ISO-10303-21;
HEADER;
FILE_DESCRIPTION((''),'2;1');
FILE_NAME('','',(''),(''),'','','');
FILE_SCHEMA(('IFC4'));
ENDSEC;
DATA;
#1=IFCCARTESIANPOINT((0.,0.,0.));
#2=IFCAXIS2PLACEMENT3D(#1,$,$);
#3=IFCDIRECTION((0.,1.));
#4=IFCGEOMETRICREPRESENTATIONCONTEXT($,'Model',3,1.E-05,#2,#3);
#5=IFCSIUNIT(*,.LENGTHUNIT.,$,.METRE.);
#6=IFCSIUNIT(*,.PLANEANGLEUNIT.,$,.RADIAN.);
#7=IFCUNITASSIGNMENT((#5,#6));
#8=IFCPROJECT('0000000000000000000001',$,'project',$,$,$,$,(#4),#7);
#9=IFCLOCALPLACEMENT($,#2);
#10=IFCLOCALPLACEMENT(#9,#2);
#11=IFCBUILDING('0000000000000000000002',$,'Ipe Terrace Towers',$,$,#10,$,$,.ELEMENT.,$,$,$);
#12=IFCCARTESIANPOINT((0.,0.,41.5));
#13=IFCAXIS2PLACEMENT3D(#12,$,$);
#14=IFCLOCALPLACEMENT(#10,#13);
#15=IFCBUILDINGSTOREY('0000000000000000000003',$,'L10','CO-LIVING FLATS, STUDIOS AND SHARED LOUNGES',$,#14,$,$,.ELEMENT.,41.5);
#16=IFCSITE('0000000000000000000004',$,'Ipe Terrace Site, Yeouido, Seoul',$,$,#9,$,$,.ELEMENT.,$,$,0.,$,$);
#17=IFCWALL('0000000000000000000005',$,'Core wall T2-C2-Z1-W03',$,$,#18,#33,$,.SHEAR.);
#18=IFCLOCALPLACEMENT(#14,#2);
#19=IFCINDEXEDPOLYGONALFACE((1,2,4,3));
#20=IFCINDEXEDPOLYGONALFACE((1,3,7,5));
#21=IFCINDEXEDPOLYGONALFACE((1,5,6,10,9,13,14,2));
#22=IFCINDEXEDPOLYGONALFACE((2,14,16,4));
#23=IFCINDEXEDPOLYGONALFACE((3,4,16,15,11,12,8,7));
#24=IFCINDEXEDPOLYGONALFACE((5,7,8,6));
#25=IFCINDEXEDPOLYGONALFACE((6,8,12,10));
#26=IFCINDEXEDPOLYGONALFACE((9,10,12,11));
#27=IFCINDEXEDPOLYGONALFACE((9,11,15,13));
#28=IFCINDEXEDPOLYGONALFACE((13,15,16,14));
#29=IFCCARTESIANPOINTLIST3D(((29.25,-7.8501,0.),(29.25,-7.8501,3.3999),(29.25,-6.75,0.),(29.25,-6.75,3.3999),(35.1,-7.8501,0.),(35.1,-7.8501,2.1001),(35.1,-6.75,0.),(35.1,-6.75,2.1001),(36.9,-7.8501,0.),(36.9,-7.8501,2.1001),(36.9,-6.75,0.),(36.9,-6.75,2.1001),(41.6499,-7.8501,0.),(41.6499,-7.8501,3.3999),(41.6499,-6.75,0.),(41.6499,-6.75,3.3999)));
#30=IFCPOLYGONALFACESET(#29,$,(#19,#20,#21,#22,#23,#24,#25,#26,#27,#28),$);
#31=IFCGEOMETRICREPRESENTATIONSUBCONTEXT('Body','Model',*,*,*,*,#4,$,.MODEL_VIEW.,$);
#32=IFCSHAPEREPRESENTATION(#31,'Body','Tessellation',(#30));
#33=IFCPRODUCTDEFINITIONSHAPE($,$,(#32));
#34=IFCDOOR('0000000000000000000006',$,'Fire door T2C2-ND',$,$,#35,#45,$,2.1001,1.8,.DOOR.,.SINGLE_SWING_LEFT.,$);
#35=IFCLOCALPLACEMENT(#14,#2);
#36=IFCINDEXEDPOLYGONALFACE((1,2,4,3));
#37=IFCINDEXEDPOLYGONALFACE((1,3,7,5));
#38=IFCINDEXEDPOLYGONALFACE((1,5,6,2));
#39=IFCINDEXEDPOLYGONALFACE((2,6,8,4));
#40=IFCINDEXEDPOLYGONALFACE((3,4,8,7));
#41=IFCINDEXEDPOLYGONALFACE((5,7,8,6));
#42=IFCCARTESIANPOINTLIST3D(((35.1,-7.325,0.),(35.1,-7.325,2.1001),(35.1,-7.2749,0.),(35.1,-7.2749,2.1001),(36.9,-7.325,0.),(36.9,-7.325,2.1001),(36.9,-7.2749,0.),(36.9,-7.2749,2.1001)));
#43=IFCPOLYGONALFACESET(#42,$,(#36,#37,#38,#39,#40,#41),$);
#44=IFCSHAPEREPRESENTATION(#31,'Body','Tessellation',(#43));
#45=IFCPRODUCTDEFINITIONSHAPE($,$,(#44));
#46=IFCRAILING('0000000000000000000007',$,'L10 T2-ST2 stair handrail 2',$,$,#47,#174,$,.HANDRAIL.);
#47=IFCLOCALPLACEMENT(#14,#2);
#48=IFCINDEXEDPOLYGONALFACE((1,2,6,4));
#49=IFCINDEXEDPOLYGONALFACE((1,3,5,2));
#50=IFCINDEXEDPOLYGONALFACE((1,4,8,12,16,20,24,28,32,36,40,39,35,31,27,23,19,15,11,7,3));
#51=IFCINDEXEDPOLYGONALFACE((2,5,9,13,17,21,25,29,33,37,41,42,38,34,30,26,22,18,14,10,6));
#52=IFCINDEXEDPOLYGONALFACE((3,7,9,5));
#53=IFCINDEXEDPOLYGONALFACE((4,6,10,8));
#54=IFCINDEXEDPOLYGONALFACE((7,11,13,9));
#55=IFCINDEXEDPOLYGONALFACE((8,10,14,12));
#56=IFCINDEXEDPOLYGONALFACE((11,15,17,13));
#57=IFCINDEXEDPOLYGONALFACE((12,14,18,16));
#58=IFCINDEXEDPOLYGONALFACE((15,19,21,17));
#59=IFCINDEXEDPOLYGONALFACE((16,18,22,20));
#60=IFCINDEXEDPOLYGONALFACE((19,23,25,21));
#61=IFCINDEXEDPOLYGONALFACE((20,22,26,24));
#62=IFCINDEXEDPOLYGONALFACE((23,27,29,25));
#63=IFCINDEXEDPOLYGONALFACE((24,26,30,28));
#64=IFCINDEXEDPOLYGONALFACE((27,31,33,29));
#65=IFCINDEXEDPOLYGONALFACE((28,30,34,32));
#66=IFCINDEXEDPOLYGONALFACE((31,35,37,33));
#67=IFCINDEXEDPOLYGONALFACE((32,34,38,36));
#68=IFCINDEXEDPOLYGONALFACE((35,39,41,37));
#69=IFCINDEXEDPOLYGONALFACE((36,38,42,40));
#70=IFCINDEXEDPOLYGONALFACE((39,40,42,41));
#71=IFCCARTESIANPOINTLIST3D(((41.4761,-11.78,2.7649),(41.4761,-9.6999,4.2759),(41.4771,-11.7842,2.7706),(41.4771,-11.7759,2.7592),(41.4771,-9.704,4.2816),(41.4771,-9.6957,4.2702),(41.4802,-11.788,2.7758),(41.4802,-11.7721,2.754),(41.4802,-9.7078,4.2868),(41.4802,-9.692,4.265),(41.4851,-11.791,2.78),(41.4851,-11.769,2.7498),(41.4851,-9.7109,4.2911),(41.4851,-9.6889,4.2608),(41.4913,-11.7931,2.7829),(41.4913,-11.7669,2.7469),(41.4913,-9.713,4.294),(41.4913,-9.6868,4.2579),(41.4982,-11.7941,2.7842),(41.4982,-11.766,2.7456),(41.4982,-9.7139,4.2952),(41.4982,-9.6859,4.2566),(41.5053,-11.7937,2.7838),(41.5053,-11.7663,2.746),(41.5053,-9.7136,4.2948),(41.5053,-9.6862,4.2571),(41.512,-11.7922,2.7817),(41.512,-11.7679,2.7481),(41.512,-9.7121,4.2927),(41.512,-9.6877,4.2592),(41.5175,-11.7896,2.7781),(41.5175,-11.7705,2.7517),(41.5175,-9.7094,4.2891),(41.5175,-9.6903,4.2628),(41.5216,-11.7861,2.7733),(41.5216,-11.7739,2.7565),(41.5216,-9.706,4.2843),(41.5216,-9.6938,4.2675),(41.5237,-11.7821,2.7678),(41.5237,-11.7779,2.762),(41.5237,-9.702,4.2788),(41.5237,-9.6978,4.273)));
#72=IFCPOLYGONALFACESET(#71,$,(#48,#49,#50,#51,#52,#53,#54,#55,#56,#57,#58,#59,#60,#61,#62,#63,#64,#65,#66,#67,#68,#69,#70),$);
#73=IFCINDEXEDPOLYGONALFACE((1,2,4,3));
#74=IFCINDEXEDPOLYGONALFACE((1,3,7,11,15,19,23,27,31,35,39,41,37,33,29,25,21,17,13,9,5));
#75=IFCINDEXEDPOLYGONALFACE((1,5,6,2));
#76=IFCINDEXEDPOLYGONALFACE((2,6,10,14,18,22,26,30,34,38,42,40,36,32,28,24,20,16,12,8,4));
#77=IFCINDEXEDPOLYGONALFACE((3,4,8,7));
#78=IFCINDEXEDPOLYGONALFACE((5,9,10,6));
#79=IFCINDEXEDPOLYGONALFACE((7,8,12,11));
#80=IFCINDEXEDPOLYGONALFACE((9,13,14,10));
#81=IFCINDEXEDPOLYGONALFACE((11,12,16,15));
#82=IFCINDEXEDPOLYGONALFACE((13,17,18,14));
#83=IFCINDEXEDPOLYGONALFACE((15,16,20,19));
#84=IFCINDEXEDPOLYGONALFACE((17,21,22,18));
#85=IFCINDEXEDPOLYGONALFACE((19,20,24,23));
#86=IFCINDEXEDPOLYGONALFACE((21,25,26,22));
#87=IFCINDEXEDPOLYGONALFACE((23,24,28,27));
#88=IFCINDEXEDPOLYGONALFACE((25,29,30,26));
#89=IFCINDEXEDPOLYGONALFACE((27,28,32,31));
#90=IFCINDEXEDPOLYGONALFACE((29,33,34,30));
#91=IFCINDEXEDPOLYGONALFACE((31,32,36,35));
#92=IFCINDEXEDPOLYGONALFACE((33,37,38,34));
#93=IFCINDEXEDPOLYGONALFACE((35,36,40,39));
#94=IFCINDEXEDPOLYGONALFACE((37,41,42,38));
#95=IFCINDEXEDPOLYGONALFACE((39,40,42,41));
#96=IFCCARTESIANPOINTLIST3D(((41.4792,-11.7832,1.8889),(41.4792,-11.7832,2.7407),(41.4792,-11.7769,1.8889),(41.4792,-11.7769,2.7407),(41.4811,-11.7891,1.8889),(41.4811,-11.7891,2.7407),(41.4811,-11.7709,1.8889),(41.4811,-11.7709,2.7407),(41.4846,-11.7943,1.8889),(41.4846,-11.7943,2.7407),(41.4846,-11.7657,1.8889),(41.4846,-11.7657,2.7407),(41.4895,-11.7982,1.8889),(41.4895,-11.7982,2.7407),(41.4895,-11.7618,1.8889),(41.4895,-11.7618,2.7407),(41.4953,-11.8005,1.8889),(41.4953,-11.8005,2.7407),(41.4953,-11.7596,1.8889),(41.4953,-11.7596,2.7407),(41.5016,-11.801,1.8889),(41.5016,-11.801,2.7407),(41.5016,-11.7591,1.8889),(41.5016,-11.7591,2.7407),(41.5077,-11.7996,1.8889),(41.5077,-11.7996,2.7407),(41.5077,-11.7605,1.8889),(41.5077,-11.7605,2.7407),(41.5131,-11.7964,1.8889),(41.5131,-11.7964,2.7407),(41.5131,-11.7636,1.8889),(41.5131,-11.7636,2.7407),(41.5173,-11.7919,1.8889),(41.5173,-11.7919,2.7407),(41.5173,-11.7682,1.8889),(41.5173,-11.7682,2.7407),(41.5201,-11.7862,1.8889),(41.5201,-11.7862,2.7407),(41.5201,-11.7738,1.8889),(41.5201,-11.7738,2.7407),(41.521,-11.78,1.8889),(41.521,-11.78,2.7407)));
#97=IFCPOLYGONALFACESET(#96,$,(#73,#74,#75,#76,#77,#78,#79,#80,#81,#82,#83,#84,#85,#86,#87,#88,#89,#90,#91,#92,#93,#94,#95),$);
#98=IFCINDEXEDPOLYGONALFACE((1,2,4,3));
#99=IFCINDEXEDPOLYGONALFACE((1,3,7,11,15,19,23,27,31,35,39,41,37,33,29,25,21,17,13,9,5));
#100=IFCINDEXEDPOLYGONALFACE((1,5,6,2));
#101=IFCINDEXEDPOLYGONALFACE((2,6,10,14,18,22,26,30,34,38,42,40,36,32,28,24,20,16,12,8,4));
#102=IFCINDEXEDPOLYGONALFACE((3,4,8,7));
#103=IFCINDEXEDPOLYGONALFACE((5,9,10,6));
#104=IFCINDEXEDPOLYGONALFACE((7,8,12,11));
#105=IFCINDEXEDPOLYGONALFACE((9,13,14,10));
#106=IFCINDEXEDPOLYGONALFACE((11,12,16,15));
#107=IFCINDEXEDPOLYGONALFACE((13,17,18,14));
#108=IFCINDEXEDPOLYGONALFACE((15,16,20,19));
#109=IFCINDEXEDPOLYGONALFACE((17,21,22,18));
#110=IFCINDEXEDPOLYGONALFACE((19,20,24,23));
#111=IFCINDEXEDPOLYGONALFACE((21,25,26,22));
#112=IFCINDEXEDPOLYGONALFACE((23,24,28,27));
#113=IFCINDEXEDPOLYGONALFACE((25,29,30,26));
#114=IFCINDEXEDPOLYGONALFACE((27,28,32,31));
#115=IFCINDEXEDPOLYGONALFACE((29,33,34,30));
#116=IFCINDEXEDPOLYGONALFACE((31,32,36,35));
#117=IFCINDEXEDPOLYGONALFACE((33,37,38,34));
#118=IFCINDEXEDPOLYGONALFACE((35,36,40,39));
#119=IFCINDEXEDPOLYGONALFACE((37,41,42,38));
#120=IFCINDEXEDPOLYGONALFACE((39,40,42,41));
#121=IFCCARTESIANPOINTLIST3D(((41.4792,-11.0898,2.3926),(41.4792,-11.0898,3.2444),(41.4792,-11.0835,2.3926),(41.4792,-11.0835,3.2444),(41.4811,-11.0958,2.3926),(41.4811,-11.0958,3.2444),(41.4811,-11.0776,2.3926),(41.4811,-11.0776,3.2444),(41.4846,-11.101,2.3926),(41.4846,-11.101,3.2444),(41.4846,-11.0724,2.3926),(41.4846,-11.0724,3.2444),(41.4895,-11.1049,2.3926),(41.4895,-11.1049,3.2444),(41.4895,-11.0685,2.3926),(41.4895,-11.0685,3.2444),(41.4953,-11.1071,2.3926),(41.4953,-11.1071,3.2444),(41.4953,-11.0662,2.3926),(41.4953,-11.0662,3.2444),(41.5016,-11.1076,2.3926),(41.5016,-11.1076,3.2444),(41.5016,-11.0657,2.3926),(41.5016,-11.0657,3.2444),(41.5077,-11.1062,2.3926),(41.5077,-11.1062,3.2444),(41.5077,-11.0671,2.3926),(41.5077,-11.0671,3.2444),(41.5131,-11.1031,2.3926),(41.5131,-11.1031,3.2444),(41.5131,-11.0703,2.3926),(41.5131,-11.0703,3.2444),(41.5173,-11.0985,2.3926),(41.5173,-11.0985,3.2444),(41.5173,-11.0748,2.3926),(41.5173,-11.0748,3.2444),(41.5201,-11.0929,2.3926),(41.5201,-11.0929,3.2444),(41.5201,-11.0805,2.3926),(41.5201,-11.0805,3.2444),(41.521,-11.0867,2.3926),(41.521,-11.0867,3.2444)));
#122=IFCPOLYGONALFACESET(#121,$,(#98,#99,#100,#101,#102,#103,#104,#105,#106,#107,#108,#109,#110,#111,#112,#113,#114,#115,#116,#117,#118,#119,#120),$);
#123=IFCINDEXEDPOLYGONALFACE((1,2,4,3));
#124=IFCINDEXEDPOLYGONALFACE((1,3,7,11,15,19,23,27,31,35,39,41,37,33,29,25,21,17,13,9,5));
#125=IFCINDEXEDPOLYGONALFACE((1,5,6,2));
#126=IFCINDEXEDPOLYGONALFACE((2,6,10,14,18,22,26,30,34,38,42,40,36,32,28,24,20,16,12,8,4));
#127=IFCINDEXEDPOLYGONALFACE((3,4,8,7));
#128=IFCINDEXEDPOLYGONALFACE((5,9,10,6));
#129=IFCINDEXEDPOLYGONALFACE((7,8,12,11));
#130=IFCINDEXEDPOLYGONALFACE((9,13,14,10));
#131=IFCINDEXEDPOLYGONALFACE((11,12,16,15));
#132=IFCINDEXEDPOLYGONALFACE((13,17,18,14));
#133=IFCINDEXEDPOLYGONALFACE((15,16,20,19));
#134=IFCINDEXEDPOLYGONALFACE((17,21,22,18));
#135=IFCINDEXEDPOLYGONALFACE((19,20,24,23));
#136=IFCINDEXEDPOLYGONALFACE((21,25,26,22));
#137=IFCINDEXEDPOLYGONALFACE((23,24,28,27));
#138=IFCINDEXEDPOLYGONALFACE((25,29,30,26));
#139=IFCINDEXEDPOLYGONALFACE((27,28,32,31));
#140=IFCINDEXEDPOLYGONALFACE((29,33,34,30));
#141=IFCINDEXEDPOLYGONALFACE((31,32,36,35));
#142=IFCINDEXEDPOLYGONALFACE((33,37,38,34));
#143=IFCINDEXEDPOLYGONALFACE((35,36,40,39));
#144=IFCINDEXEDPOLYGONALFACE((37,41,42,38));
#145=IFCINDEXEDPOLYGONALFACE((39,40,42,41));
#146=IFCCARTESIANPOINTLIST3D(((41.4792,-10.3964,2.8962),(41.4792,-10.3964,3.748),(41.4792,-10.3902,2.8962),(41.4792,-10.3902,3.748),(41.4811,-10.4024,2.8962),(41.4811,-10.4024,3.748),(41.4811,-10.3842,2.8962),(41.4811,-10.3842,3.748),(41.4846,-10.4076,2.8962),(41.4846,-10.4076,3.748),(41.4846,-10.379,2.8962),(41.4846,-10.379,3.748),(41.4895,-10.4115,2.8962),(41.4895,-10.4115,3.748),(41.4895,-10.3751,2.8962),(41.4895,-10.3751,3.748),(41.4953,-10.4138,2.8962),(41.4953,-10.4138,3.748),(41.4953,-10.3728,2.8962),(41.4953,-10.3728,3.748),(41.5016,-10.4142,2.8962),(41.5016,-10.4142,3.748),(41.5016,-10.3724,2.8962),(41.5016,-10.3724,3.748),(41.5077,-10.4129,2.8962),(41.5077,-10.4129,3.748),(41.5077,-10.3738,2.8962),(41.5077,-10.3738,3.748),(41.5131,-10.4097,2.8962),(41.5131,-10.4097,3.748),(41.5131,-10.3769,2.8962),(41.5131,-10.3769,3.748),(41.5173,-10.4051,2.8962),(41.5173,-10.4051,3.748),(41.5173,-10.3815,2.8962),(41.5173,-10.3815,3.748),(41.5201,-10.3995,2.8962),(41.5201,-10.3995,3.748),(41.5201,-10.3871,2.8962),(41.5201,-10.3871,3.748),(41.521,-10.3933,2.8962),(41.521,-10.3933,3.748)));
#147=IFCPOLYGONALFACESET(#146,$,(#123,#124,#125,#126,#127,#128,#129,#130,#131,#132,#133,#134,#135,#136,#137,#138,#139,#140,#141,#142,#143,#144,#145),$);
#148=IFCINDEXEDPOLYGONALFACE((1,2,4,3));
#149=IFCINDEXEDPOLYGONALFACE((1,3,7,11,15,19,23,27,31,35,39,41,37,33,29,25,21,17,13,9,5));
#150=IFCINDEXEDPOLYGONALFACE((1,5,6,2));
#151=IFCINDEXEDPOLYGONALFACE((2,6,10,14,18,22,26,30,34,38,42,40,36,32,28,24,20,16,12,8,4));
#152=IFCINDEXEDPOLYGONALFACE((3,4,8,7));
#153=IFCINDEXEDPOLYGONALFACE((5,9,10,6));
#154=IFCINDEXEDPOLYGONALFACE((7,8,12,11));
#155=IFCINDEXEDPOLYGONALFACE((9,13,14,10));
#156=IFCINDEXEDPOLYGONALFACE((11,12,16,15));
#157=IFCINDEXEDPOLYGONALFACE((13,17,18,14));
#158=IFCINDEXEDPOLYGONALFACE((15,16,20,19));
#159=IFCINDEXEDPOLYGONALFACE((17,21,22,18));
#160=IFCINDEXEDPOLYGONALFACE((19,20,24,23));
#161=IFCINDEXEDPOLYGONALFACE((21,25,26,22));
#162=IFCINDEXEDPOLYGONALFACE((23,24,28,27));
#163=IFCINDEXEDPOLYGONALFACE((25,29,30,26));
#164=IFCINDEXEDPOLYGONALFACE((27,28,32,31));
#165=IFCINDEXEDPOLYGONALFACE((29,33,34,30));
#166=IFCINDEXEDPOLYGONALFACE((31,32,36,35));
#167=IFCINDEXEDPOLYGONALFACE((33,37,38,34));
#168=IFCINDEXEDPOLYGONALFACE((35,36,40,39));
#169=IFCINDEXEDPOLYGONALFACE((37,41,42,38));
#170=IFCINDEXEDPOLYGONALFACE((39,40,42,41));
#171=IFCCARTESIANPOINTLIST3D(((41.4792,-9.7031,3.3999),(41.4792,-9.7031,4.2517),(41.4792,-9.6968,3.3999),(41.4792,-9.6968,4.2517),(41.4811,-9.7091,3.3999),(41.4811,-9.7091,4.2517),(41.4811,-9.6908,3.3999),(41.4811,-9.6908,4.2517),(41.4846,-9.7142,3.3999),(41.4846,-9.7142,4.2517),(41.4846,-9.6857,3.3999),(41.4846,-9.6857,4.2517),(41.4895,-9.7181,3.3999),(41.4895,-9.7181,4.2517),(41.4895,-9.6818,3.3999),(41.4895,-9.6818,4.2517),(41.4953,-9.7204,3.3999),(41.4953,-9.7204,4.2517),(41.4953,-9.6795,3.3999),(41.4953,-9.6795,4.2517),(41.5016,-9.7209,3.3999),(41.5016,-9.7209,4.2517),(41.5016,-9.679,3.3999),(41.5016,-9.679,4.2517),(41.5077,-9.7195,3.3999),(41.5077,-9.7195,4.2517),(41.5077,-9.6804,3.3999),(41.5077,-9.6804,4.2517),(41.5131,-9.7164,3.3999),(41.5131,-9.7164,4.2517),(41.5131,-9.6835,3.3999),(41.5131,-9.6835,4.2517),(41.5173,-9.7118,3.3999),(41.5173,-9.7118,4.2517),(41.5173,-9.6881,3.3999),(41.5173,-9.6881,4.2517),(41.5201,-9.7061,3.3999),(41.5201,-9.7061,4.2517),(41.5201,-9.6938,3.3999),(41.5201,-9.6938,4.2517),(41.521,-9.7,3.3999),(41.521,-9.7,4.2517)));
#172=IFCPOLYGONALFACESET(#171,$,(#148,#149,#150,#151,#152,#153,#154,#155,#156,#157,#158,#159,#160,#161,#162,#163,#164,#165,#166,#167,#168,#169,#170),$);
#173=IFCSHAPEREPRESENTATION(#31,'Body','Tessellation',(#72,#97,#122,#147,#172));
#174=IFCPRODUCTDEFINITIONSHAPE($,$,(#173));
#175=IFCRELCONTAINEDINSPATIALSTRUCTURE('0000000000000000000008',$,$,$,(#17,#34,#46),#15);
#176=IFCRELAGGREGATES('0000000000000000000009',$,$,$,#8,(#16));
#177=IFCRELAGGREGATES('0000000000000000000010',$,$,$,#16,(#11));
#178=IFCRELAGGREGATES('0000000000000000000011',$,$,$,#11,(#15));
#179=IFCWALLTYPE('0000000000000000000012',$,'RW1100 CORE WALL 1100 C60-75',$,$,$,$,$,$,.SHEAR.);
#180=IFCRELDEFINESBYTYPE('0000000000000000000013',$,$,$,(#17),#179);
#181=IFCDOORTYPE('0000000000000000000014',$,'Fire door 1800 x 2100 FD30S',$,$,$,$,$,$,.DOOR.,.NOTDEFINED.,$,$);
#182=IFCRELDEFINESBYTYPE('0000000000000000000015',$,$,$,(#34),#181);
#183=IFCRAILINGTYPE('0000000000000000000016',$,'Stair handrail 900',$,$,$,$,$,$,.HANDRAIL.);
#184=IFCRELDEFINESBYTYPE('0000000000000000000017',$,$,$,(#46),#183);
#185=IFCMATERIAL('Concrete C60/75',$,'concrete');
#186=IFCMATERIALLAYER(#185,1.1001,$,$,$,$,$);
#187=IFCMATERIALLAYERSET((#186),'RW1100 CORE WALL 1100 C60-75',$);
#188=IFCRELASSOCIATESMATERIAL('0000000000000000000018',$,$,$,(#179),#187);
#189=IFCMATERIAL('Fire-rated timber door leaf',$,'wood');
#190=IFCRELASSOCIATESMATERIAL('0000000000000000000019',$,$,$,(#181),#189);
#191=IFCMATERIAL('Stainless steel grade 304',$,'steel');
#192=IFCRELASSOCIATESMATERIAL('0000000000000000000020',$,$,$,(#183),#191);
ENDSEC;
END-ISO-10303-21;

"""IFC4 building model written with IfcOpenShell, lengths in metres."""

from ifc_helpers import new_model, si_unit, direction, frame, frame_2d, origin, origin_2d, place, context, subcontext, project, spatial, rectangle, circle, extrude, material, layer, layer_set, type_object, element, fill, save


model = new_model("IFC4")

# Units and contexts
model_context = context("Model", 3, precision=1e-05, world=origin(), true_north=direction((0.0, 1.0)))
body_context = subcontext(model_context, "Body", "Model", "MODEL_VIEW")
ifc_project = project(units=[si_unit("LENGTHUNIT", "METRE"), si_unit("PLANEANGLEUNIT", "RADIAN")], contexts=[model_context])

# Site, building, storey
site_placement = place(None, origin())
site = spatial("IfcSite", under=ifc_project, at=site_placement, Name="Ipe Terrace Site, Yeouido, Seoul", CompositionType="ELEMENT", RefElevation=0.0)
building_placement = place(site_placement, origin())
building = spatial("IfcBuilding", under=site, at=building_placement, Name="Ipe Terrace Towers", CompositionType="ELEMENT")
storey_placement = place(building_placement, frame((0.0, 0.0, 41.5)))
storey = spatial("IfcBuildingStorey", under=building, at=storey_placement, Name="L10", Description="CO-LIVING FLATS, STUDIOS AND SHARED LOUNGES", CompositionType="ELEMENT", Elevation=41.5)

# Shared definitions
ifc_material_1 = material(Name="Concrete C60/75", Category="concrete")
ifc_layer_1 = layer(ifc_material_1, 1.1001)
ifc_layer_set_1 = layer_set([ifc_layer_1], Name="RW1100 CORE WALL 1100 C60-75")
wall_type_1 = type_object("IfcWallType", Name="RW1100 CORE WALL 1100 C60-75", PredefinedType="SHEAR", material=ifc_layer_set_1)

# Wall, opening, door
wall_1_placement = place(storey_placement, frame((41.6499, -7.3, 0.0), z_axis=(0.0, 0.0, 1.0), x_axis=(-1.0, 0.0, 0.0)))
wall_1 = element("IfcWall", 1, at=wall_1_placement, inside=storey, type_object=wall_type_1, Name="Core wall T2-C2-Z1-W03", PredefinedType="SHEAR", context=body_context, shape_type="SweptSolid", body=[
    extrude(rectangle(XDim=12.3999, YDim=1.1001, at=frame_2d((6.2, 0.0))), origin(), (0.0, 0.0, 1.0), 3.3999),
])
opening_1_placement = place(wall_1_placement, frame((4.75, 0.0, 0.0)))
opening_1 = element("IfcOpeningElement", 2, at=opening_1_placement, cuts=wall_1, PredefinedType="OPENING", context=body_context, shape_type="SweptSolid", body=[
    extrude(rectangle(XDim=1.8, YDim=2.1001, at=frame_2d((0.8999, 1.05))), frame((0.0, 0.5601, 0.0), z_axis=(0.0, -1.0, 0.0), x_axis=(1.0, 0.0, 0.0)), (0.0, 0.0, 1.0), 1.1201),
])
ifc_material_2 = material(Name="Fire-rated timber door leaf", Category="wood")
door_type_1 = type_object("IfcDoorType", Name="Fire door 1800 x 2100 FD30S", OperationType="NOTDEFINED", PredefinedType="DOOR", material=ifc_material_2)
door_1_placement = place(opening_1_placement, origin())
door_1 = element("IfcDoor", 3, at=door_1_placement, inside=storey, type_object=door_type_1, Name="Fire door T2C2-ND", OperationType="SINGLE_SWING_LEFT", OverallHeight=2.1001, OverallWidth=1.8, PredefinedType="DOOR", context=body_context, shape_type="SweptSolid", body=[
    extrude(rectangle(XDim=1.8, YDim=2.1001, at=frame_2d((0.8999, 1.05))), frame((0.0, 0.0249, 0.0), z_axis=(0.0, -1.0, 0.0), x_axis=(1.0, 0.0, 0.0)), (0.0, 0.0, 1.0), 0.05),
])
fill(opening_1, door_1)

# Railing
ifc_material_3 = material(Name="Stainless steel grade 304", Category="steel")
railing_type = type_object("IfcRailingType", Name="Stair handrail 900", PredefinedType="HANDRAIL", material=ifc_material_3)
railing_placement = place(storey_placement, frame((41.5, -11.78, 1.8889)))
element("IfcRailing", 4, at=railing_placement, inside=storey, type_object=railing_type, Name="L10 T2-ST2 stair handrail 2", PredefinedType="HANDRAIL", context=body_context, shape_type="SweptSolid", body=[
    extrude(circle(Radius=0.0239, at=origin_2d()), frame((0.0, 0.0, 0.876), z_axis=(0.0, 0.809069, 0.587714), x_axis=(-1.0, 0.0, 0.0)), (0.0, 0.0, 1.0), 2.571),
    extrude(circle(Radius=0.021, at=origin_2d()), origin(), (0.0, 0.0, 1.0), 0.8518),
    extrude(circle(Radius=0.021, at=origin_2d()), frame((0.0, 0.6934, 0.5037)), (0.0, 0.0, 1.0), 0.8518),
    extrude(circle(Radius=0.021, at=origin_2d()), frame((0.0, 1.3867, 1.0073)), (0.0, 0.0, 1.0), 0.8518),
    extrude(circle(Radius=0.021, at=origin_2d()), frame((0.0, 2.0801, 1.511)), (0.0, 0.0, 1.0), 0.8518),
])

save(model, "model.ifc")
